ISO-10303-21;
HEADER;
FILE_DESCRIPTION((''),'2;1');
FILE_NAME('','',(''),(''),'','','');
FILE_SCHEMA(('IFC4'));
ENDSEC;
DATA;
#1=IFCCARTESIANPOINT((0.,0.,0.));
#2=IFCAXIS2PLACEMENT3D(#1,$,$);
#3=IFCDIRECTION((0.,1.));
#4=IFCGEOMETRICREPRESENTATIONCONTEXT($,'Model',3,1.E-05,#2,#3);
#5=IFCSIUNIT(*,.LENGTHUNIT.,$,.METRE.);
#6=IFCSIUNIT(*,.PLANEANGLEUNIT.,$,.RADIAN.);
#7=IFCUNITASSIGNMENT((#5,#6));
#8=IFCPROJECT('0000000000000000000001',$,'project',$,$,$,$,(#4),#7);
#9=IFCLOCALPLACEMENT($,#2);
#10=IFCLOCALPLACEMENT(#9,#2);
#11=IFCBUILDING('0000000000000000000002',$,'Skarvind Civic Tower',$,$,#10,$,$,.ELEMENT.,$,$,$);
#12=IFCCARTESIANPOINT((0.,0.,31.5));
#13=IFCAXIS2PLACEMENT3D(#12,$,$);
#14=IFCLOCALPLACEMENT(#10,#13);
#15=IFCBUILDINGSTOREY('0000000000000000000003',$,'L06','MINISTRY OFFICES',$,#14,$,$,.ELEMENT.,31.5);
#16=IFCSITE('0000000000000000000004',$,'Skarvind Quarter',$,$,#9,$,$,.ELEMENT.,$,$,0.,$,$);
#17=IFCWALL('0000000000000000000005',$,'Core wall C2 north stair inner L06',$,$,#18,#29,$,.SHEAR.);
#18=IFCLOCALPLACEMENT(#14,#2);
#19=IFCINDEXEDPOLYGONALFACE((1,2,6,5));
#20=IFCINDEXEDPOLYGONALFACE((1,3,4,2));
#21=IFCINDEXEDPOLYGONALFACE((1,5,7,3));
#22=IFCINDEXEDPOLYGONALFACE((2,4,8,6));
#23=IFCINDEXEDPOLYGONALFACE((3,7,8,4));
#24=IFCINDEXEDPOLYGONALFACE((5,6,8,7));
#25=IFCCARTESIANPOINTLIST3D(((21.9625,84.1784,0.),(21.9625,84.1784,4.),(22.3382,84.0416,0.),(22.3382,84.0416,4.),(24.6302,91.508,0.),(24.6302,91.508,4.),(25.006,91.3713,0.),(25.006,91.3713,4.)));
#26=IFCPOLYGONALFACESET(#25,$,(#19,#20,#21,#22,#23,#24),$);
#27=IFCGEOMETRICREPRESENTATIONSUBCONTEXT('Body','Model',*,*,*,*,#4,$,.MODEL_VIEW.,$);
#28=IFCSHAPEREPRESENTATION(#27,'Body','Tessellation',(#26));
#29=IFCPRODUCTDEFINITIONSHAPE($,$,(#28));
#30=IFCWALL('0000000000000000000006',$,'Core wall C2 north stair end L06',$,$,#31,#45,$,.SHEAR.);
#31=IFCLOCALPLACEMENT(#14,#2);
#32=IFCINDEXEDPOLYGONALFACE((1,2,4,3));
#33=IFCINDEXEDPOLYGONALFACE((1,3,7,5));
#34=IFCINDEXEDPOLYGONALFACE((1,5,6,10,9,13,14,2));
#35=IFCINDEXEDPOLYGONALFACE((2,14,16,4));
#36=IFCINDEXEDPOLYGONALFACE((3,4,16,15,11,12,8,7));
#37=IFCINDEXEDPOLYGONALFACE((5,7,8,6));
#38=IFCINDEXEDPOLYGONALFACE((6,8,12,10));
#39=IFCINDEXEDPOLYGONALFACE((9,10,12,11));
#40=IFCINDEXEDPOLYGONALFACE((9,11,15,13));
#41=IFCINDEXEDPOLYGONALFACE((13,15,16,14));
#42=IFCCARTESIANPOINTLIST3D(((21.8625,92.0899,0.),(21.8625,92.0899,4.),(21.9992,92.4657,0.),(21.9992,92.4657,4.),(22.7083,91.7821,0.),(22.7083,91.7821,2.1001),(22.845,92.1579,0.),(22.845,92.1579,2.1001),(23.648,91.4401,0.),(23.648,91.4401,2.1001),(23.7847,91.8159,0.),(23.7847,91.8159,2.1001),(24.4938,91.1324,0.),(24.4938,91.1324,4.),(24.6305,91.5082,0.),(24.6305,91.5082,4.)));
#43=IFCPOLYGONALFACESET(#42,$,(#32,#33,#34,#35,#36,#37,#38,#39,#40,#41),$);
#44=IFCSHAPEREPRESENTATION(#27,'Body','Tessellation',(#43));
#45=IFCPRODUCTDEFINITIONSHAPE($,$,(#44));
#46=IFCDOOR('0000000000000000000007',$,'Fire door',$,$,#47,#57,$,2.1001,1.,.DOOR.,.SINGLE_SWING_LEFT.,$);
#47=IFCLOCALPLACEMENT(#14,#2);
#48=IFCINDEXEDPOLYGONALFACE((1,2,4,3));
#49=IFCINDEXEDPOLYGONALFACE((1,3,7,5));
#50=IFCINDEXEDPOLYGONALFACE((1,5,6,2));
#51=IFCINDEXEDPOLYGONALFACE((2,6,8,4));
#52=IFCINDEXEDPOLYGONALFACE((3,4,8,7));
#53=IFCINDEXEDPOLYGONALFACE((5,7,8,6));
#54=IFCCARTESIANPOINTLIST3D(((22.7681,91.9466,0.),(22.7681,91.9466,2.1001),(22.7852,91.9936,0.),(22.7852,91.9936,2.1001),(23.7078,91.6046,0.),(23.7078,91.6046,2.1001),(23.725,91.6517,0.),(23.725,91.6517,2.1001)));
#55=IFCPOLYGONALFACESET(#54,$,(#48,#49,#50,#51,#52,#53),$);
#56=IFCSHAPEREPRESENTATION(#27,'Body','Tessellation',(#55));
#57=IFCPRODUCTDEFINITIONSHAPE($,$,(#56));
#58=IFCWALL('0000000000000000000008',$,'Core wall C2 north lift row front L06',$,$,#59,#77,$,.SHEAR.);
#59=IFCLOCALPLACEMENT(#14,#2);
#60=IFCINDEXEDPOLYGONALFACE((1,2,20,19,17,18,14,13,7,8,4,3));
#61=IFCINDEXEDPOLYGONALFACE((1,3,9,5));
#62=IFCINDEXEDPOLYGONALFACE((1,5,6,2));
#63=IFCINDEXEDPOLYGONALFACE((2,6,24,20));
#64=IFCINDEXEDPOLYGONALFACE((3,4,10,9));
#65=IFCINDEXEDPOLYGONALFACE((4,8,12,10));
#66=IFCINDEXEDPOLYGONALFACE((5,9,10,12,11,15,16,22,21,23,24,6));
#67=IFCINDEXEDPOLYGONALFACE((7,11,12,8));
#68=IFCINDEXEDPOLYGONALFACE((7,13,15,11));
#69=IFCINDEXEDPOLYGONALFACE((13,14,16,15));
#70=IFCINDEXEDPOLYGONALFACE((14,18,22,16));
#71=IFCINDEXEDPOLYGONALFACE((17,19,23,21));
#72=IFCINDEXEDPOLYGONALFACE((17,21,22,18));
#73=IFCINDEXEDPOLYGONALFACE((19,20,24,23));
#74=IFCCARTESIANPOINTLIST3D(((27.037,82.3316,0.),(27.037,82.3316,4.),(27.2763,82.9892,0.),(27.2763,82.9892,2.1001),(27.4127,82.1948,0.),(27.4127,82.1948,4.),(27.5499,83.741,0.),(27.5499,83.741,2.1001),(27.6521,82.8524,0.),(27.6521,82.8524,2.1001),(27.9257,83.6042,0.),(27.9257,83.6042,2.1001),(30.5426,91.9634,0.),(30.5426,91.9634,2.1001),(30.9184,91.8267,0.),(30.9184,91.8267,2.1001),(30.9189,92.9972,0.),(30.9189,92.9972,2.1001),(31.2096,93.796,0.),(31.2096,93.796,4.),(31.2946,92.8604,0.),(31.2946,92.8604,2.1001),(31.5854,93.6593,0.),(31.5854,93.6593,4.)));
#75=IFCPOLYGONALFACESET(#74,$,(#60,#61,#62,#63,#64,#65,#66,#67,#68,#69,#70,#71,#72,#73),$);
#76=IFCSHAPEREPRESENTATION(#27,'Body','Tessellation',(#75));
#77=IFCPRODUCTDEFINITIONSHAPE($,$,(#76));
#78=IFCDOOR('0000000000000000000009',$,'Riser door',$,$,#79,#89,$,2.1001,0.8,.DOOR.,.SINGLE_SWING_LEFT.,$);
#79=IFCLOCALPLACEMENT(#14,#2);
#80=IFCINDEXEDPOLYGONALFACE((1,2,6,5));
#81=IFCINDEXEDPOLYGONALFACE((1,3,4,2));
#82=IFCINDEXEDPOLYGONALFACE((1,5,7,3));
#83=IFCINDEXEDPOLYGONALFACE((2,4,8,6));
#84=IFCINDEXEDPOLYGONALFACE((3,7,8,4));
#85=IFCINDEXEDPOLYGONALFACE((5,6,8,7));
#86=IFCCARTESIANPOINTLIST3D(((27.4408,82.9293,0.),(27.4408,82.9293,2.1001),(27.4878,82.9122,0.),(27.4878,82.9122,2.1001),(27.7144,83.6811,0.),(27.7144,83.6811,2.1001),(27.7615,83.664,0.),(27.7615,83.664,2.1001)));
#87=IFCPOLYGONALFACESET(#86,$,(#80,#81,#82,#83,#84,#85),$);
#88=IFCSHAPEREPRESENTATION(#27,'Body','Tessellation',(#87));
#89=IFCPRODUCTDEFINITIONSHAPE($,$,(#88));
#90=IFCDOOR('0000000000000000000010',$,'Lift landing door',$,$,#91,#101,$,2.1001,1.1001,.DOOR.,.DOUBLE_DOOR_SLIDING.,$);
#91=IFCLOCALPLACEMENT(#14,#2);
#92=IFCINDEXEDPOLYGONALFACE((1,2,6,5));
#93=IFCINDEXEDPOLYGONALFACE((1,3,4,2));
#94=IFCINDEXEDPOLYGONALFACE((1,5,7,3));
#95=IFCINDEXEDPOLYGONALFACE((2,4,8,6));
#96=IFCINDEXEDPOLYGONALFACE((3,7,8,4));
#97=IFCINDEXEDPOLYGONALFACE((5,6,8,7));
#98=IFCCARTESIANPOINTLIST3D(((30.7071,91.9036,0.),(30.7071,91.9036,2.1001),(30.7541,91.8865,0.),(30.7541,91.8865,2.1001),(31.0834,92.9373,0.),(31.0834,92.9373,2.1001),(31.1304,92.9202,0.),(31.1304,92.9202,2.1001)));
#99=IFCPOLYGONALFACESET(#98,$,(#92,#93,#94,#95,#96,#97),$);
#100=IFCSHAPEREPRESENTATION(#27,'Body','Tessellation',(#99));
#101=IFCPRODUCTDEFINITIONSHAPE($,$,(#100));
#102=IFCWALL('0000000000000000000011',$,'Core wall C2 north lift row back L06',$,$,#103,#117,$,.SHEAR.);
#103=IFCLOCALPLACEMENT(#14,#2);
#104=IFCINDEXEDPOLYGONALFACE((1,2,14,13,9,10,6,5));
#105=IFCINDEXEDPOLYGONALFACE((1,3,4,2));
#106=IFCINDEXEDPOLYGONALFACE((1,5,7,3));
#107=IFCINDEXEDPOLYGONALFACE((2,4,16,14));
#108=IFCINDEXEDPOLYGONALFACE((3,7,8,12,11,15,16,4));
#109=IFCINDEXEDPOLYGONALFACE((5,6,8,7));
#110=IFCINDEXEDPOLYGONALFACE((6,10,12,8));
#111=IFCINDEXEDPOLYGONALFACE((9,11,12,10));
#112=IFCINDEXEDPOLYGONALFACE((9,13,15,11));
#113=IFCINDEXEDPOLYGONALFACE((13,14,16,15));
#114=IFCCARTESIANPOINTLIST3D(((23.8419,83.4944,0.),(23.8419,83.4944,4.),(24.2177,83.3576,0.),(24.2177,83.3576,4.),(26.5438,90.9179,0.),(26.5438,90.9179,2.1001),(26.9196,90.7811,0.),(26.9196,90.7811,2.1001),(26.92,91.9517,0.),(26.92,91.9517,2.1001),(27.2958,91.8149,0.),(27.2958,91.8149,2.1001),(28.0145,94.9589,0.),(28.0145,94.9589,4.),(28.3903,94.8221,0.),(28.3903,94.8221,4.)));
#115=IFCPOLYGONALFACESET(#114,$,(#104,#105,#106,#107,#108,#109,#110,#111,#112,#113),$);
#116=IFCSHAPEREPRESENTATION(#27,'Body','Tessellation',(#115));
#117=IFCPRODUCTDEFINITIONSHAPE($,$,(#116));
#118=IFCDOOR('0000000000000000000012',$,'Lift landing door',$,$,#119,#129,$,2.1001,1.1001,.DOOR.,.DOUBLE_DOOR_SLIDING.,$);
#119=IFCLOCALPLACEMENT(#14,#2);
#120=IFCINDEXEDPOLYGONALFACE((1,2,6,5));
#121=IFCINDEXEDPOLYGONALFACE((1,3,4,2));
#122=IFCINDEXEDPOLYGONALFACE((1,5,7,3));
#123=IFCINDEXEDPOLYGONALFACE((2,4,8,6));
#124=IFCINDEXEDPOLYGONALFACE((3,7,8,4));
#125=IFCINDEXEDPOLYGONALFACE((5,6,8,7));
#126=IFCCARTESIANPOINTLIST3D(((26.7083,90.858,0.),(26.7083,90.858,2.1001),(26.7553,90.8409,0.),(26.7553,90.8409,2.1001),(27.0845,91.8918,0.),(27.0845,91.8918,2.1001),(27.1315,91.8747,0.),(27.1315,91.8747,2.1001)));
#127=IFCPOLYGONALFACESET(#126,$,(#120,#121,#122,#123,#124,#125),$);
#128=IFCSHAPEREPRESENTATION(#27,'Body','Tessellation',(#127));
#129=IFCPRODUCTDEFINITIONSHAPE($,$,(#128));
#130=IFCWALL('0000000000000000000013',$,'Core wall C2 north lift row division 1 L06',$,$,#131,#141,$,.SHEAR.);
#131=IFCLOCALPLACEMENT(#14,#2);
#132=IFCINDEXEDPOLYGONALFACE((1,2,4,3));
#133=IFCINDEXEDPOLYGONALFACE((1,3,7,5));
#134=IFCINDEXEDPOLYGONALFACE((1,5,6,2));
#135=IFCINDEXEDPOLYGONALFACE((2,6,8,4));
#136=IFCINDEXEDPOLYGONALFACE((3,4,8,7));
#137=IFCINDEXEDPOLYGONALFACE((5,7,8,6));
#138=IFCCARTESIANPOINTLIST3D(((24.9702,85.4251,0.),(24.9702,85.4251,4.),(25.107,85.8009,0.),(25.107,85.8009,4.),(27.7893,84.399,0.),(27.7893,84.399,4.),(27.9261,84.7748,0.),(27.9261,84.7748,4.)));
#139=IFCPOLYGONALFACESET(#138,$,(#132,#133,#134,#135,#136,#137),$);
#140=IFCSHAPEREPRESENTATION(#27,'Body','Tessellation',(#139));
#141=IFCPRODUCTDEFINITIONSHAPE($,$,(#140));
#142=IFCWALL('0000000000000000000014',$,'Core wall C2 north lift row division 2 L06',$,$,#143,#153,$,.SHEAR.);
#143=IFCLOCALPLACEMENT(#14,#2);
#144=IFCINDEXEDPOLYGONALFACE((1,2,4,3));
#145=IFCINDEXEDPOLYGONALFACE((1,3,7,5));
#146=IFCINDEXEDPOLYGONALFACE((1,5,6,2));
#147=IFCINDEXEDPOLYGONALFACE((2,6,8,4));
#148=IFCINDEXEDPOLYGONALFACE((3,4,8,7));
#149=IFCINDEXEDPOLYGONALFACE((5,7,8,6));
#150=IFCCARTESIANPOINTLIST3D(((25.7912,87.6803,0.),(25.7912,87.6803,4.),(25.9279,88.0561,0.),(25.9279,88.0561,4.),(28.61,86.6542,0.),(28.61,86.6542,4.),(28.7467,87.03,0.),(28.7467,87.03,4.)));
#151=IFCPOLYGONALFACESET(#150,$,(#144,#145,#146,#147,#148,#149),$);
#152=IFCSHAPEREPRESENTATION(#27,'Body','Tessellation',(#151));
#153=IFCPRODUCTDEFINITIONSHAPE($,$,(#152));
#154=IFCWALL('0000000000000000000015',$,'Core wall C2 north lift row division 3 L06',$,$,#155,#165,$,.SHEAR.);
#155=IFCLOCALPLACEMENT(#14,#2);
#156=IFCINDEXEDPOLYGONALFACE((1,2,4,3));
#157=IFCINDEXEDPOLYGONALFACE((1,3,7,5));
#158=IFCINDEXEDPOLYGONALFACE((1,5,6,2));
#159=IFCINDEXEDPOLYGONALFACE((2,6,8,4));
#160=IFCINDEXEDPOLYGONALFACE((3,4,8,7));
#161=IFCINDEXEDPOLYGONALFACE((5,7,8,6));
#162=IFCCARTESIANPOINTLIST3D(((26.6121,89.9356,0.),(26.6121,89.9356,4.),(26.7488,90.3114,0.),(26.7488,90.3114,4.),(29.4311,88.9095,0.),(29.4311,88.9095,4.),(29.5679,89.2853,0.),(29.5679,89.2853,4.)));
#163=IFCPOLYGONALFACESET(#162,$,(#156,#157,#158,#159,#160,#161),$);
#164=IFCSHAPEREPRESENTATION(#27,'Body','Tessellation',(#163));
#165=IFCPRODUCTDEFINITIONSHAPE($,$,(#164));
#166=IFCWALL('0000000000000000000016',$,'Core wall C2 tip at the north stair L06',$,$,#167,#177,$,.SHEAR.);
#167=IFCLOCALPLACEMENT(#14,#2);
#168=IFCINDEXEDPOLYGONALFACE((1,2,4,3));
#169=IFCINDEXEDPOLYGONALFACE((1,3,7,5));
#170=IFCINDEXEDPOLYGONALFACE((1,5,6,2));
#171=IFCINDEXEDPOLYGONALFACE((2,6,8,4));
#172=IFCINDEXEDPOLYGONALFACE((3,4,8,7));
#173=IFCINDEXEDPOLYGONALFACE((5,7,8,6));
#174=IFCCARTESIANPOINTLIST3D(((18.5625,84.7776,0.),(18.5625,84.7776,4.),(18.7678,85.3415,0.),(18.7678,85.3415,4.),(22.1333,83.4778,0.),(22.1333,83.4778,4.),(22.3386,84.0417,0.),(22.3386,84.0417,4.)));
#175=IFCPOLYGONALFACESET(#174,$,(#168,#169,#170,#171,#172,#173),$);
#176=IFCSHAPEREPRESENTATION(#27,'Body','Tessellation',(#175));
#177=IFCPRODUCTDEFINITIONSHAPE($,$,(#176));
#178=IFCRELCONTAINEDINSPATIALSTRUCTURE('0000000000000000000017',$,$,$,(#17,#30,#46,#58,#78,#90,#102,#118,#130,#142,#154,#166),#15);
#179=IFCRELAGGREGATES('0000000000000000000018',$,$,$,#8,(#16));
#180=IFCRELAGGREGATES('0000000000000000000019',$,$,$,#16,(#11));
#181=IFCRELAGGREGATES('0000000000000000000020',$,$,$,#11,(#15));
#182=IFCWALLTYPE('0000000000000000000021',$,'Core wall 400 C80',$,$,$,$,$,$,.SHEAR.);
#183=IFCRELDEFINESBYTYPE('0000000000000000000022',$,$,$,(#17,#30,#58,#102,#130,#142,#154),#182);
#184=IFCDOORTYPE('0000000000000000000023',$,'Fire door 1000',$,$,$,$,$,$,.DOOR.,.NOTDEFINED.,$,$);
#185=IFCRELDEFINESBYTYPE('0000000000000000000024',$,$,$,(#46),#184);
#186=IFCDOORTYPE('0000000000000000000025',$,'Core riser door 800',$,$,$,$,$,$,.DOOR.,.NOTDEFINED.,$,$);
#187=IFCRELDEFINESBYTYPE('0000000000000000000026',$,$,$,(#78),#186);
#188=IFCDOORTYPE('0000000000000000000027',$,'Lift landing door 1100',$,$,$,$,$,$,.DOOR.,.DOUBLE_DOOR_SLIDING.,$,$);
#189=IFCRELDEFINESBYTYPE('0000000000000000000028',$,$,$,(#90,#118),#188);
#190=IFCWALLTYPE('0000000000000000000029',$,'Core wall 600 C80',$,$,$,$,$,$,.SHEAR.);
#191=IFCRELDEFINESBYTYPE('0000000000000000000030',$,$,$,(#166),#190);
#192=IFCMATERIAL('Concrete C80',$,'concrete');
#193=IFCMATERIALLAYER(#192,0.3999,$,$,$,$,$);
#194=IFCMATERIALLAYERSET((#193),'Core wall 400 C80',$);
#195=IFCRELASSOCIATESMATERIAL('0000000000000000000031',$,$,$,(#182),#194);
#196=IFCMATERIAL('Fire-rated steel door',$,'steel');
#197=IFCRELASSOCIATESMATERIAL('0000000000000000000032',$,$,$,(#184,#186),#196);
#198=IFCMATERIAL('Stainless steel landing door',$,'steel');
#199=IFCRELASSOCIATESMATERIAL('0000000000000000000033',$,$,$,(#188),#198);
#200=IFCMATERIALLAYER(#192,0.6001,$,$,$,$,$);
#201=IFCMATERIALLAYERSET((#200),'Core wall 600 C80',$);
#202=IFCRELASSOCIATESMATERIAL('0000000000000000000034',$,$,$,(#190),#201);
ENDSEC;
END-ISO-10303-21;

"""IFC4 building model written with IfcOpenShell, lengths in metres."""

from ifc_helpers import new_model, si_unit, direction, frame, frame_2d, origin, place, context, subcontext, project, spatial, rectangle, extrude, material, layer, layer_set, type_object, element, fill, save


model = new_model("IFC4")

# Units and contexts
model_context = context("Model", 3, precision=1e-05, world=origin(), true_north=direction((0.0, 1.0)))
body_context = subcontext(model_context, "Body", "Model", "MODEL_VIEW")
ifc_project = project(units=[si_unit("LENGTHUNIT", "METRE"), si_unit("PLANEANGLEUNIT", "RADIAN")], contexts=[model_context])

# Site, building, storey
site_placement = place(None, origin())
site = spatial("IfcSite", under=ifc_project, at=site_placement, Name="Skarvind Quarter", CompositionType="ELEMENT", RefElevation=0.0)
building_placement = place(site_placement, origin())
building = spatial("IfcBuilding", under=site, at=building_placement, Name="Skarvind Civic Tower", CompositionType="ELEMENT")
storey_placement = place(building_placement, frame((0.0, 0.0, 31.5)))
storey = spatial("IfcBuildingStorey", under=building, at=storey_placement, Name="L06", Description="MINISTRY OFFICES", CompositionType="ELEMENT", Elevation=31.5)

# Wall
ifc_material_1 = material(Name="Concrete C80", Category="concrete")
ifc_layer_1 = layer(ifc_material_1, 0.3999)
ifc_layer_set_1 = layer_set([ifc_layer_1], Name="Core wall 400 C80")
wall_type_1 = type_object("IfcWallType", Name="Core wall 400 C80", PredefinedType="SHEAR", material=ifc_layer_set_1)
wall_1_placement = place(storey_placement, frame((22.1504, 84.1101, 0.0), z_axis=(0.0, 0.0, 1.0), x_axis=(0.342017, 0.939694, 0.0)))
element("IfcWall", 1, at=wall_1_placement, inside=storey, type_object=wall_type_1, Name="Core wall C2 north stair inner L06", PredefinedType="SHEAR", context=body_context, shape_type="SweptSolid", body=[
    extrude(rectangle(XDim=7.8, YDim=0.3999, at=frame_2d((3.8999, 0.0))), origin(), (0.0, 0.0, 1.0), 4.0),
])

# Wall, opening, door
wall_2_placement = place(storey_placement, frame((24.562, 91.3203, 0.0), z_axis=(0.0, 0.0, 1.0), x_axis=(-0.939717, 0.341953, 0.0)))
wall_2 = element("IfcWall", 2, at=wall_2_placement, inside=storey, type_object=wall_type_1, Name="Core wall C2 north stair end L06", PredefinedType="SHEAR", context=body_context, shape_type="SweptSolid", body=[
    extrude(rectangle(XDim=2.8, YDim=0.3999, at=frame_2d((1.3999, 0.0))), origin(), (0.0, 0.0, 1.0), 4.0),
])
opening_1_placement = place(wall_2_placement, frame((0.8999, 0.0, 0.0)))
opening_1 = element("IfcOpeningElement", 3, at=opening_1_placement, cuts=wall_2, PredefinedType="OPENING", context=body_context, shape_type="SweptSolid", body=[
    extrude(rectangle(XDim=1.0, YDim=2.1001, at=frame_2d((0.5, 1.05))), frame((0.0, 0.21, 0.0), z_axis=(0.0, -1.0, 0.0), x_axis=(1.0, 0.0, 0.0)), (0.0, 0.0, 1.0), 0.4199),
])
ifc_material_2 = material(Name="Fire-rated steel door", Category="steel")
door_type_1 = type_object("IfcDoorType", Name="Fire door 1000", OperationType="NOTDEFINED", PredefinedType="DOOR", material=ifc_material_2)
door_1_placement = place(opening_1_placement, origin())
door_1 = element("IfcDoor", 4, at=door_1_placement, inside=storey, type_object=door_type_1, Name="Fire door", OperationType="SINGLE_SWING_LEFT", OverallHeight=2.1001, OverallWidth=1.0, PredefinedType="DOOR", context=body_context, shape_type="SweptSolid", body=[
    extrude(rectangle(XDim=1.0, YDim=2.1001, at=frame_2d((0.5, 1.05))), frame((0.0, 0.0249, 0.0), z_axis=(0.0, -1.0, 0.0), x_axis=(1.0, 0.0, 0.0)), (0.0, 0.0, 1.0), 0.05),
])
fill(opening_1, door_1)

# Wall, openings, doors
wall_3_placement = place(storey_placement, frame((27.2249, 82.2632, 0.0), z_axis=(0.0, 0.0, 1.0), x_axis=(0.342015, 0.939695, 0.0)))
wall_3 = element("IfcWall", 5, at=wall_3_placement, inside=storey, type_object=wall_type_1, Name="Core wall C2 north lift row front L06", PredefinedType="SHEAR", context=body_context, shape_type="SweptSolid", body=[
    extrude(rectangle(XDim=12.2002, YDim=0.3999, at=frame_2d((6.1001, 0.0))), origin(), (0.0, 0.0, 1.0), 4.0),
])
opening_2_placement = place(wall_3_placement, frame((10.25, 0.0, 0.0)))
opening_2 = element("IfcOpeningElement", 6, at=opening_2_placement, cuts=wall_3, PredefinedType="OPENING", context=body_context, shape_type="SweptSolid", body=[
    extrude(rectangle(XDim=1.1001, YDim=2.1001, at=frame_2d((0.55, 1.05))), frame((0.0, 0.21, 0.0), z_axis=(0.0, -1.0, 0.0), x_axis=(1.0, 0.0, 0.0)), (0.0, 0.0, 1.0), 0.4199),
])
opening_3_placement = place(wall_3_placement, frame((0.7, 0.0, 0.0)))
opening_3 = element("IfcOpeningElement", 7, at=opening_3_placement, cuts=wall_3, PredefinedType="OPENING", context=body_context, shape_type="SweptSolid", body=[
    extrude(rectangle(XDim=0.8, YDim=2.1001, at=frame_2d((0.3999, 1.05))), frame((0.0, 0.21, 0.0), z_axis=(0.0, -1.0, 0.0), x_axis=(1.0, 0.0, 0.0)), (0.0, 0.0, 1.0), 0.4199),
])
door_type_2 = type_object("IfcDoorType", Name="Core riser door 800", OperationType="NOTDEFINED", PredefinedType="DOOR", material=ifc_material_2)
door_2_placement = place(opening_3_placement, origin())
door_2 = element("IfcDoor", 8, at=door_2_placement, inside=storey, type_object=door_type_2, Name="Riser door", OperationType="SINGLE_SWING_LEFT", OverallHeight=2.1001, OverallWidth=0.8, PredefinedType="DOOR", context=body_context, shape_type="SweptSolid", body=[
    extrude(rectangle(XDim=0.8, YDim=2.1001, at=frame_2d((0.3999, 1.05))), frame((0.0, 0.0249, 0.0), z_axis=(0.0, -1.0, 0.0), x_axis=(1.0, 0.0, 0.0)), (0.0, 0.0, 1.0), 0.05),
])
fill(opening_3, door_2)
ifc_material_3 = material(Name="Stainless steel landing door", Category="steel")
door_type_3 = type_object("IfcDoorType", Name="Lift landing door 1100", OperationType="DOUBLE_DOOR_SLIDING", PredefinedType="DOOR", material=ifc_material_3)
door_3_placement = place(opening_2_placement, origin())
door_3 = element("IfcDoor", 9, at=door_3_placement, inside=storey, type_object=door_type_3, Name="Lift landing door", OperationType="DOUBLE_DOOR_SLIDING", OverallHeight=2.1001, OverallWidth=1.1001, PredefinedType="DOOR", context=body_context, shape_type="SweptSolid", body=[
    extrude(rectangle(XDim=1.1001, YDim=2.1001, at=frame_2d((0.55, 1.05))), frame((0.0, 0.0249, 0.0), z_axis=(0.0, -1.0, 0.0), x_axis=(1.0, 0.0, 0.0)), (0.0, 0.0, 1.0), 0.05),
])
fill(opening_2, door_3)

# Wall, opening, door
wall_4_placement = place(storey_placement, frame((24.0298, 83.426, 0.0), z_axis=(0.0, 0.0, 1.0), x_axis=(0.342015, 0.939695, 0.0)))
wall_4 = element("IfcWall", 10, at=wall_4_placement, inside=storey, type_object=wall_type_1, Name="Core wall C2 north lift row back L06", PredefinedType="SHEAR", context=body_context, shape_type="SweptSolid", body=[
    extrude(rectangle(XDim=12.2002, YDim=0.3999, at=frame_2d((6.1001, 0.0))), origin(), (0.0, 0.0, 1.0), 4.0),
])
opening_4_placement = place(wall_4_placement, frame((7.8999, 0.0, 0.0)))
opening_4 = element("IfcOpeningElement", 11, at=opening_4_placement, cuts=wall_4, PredefinedType="OPENING", context=body_context, shape_type="SweptSolid", body=[
    extrude(rectangle(XDim=1.1001, YDim=2.1001, at=frame_2d((0.55, 1.05))), frame((0.0, 0.21, 0.0), z_axis=(0.0, -1.0, 0.0), x_axis=(1.0, 0.0, 0.0)), (0.0, 0.0, 1.0), 0.4199),
])
door_4_placement = place(opening_4_placement, origin())
door_4 = element("IfcDoor", 12, at=door_4_placement, inside=storey, type_object=door_type_3, Name="Lift landing door", OperationType="DOUBLE_DOOR_SLIDING", OverallHeight=2.1001, OverallWidth=1.1001, PredefinedType="DOOR", context=body_context, shape_type="SweptSolid", body=[
    extrude(rectangle(XDim=1.1001, YDim=2.1001, at=frame_2d((0.55, 1.05))), frame((0.0, 0.0249, 0.0), z_axis=(0.0, -1.0, 0.0), x_axis=(1.0, 0.0, 0.0)), (0.0, 0.0, 1.0), 0.05),
])
fill(opening_4, door_4)

# Walls
wall_5_placement = place(storey_placement, frame((27.8577, 84.5869, 0.0), z_axis=(0.0, 0.0, 1.0), x_axis=(-0.939686, 0.342037, 0.0)))
element("IfcWall", 13, at=wall_5_placement, inside=storey, type_object=wall_type_1, Name="Core wall C2 north lift row division 1 L06", PredefinedType="SHEAR", context=body_context, shape_type="SweptSolid", body=[
    extrude(rectangle(XDim=3.0, YDim=0.3999, at=frame_2d((1.5, 0.0))), origin(), (0.0, 0.0, 1.0), 4.0),
])
wall_6_placement = place(storey_placement, frame((28.6785, 86.842, 0.0), z_axis=(0.0, 0.0, 1.0), x_axis=(-0.939677, 0.342063, 0.0)))
element("IfcWall", 14, at=wall_6_placement, inside=storey, type_object=wall_type_1, Name="Core wall C2 north lift row division 2 L06", PredefinedType="SHEAR", context=body_context, shape_type="SweptSolid", body=[
    extrude(rectangle(XDim=2.9998, YDim=0.3999, at=frame_2d((1.5, 0.0))), origin(), (0.0, 0.0, 1.0), 4.0),
])
wall_7_placement = place(storey_placement, frame((29.4995, 89.0974, 0.0), z_axis=(0.0, 0.0, 1.0), x_axis=(-0.939686, 0.342037, 0.0)))
element("IfcWall", 15, at=wall_7_placement, inside=storey, type_object=wall_type_1, Name="Core wall C2 north lift row division 3 L06", PredefinedType="SHEAR", context=body_context, shape_type="SweptSolid", body=[
    extrude(rectangle(XDim=3.0, YDim=0.3999, at=frame_2d((1.5, 0.0))), origin(), (0.0, 0.0, 1.0), 4.0),
])
ifc_layer_2 = layer(ifc_material_1, 0.6001)
ifc_layer_set_2 = layer_set([ifc_layer_2], Name="Core wall 600 C80")
wall_type_2 = type_object("IfcWallType", Name="Core wall 600 C80", PredefinedType="SHEAR", material=ifc_layer_set_2)
wall_8_placement = place(storey_placement, frame((22.2358, 83.7598, 0.0), z_axis=(0.0, 0.0, 1.0), x_axis=(-0.939681, 0.342053, 0.0)))
element("IfcWall", 16, at=wall_8_placement, inside=storey, type_object=wall_type_2, Name="Core wall C2 tip at the north stair L06", PredefinedType="SHEAR", context=body_context, shape_type="SweptSolid", body=[
    extrude(rectangle(XDim=3.8, YDim=0.6001, at=frame_2d((1.8999, 0.0))), origin(), (0.0, 0.0, 1.0), 4.0),
])

save(model, "model.ifc")
